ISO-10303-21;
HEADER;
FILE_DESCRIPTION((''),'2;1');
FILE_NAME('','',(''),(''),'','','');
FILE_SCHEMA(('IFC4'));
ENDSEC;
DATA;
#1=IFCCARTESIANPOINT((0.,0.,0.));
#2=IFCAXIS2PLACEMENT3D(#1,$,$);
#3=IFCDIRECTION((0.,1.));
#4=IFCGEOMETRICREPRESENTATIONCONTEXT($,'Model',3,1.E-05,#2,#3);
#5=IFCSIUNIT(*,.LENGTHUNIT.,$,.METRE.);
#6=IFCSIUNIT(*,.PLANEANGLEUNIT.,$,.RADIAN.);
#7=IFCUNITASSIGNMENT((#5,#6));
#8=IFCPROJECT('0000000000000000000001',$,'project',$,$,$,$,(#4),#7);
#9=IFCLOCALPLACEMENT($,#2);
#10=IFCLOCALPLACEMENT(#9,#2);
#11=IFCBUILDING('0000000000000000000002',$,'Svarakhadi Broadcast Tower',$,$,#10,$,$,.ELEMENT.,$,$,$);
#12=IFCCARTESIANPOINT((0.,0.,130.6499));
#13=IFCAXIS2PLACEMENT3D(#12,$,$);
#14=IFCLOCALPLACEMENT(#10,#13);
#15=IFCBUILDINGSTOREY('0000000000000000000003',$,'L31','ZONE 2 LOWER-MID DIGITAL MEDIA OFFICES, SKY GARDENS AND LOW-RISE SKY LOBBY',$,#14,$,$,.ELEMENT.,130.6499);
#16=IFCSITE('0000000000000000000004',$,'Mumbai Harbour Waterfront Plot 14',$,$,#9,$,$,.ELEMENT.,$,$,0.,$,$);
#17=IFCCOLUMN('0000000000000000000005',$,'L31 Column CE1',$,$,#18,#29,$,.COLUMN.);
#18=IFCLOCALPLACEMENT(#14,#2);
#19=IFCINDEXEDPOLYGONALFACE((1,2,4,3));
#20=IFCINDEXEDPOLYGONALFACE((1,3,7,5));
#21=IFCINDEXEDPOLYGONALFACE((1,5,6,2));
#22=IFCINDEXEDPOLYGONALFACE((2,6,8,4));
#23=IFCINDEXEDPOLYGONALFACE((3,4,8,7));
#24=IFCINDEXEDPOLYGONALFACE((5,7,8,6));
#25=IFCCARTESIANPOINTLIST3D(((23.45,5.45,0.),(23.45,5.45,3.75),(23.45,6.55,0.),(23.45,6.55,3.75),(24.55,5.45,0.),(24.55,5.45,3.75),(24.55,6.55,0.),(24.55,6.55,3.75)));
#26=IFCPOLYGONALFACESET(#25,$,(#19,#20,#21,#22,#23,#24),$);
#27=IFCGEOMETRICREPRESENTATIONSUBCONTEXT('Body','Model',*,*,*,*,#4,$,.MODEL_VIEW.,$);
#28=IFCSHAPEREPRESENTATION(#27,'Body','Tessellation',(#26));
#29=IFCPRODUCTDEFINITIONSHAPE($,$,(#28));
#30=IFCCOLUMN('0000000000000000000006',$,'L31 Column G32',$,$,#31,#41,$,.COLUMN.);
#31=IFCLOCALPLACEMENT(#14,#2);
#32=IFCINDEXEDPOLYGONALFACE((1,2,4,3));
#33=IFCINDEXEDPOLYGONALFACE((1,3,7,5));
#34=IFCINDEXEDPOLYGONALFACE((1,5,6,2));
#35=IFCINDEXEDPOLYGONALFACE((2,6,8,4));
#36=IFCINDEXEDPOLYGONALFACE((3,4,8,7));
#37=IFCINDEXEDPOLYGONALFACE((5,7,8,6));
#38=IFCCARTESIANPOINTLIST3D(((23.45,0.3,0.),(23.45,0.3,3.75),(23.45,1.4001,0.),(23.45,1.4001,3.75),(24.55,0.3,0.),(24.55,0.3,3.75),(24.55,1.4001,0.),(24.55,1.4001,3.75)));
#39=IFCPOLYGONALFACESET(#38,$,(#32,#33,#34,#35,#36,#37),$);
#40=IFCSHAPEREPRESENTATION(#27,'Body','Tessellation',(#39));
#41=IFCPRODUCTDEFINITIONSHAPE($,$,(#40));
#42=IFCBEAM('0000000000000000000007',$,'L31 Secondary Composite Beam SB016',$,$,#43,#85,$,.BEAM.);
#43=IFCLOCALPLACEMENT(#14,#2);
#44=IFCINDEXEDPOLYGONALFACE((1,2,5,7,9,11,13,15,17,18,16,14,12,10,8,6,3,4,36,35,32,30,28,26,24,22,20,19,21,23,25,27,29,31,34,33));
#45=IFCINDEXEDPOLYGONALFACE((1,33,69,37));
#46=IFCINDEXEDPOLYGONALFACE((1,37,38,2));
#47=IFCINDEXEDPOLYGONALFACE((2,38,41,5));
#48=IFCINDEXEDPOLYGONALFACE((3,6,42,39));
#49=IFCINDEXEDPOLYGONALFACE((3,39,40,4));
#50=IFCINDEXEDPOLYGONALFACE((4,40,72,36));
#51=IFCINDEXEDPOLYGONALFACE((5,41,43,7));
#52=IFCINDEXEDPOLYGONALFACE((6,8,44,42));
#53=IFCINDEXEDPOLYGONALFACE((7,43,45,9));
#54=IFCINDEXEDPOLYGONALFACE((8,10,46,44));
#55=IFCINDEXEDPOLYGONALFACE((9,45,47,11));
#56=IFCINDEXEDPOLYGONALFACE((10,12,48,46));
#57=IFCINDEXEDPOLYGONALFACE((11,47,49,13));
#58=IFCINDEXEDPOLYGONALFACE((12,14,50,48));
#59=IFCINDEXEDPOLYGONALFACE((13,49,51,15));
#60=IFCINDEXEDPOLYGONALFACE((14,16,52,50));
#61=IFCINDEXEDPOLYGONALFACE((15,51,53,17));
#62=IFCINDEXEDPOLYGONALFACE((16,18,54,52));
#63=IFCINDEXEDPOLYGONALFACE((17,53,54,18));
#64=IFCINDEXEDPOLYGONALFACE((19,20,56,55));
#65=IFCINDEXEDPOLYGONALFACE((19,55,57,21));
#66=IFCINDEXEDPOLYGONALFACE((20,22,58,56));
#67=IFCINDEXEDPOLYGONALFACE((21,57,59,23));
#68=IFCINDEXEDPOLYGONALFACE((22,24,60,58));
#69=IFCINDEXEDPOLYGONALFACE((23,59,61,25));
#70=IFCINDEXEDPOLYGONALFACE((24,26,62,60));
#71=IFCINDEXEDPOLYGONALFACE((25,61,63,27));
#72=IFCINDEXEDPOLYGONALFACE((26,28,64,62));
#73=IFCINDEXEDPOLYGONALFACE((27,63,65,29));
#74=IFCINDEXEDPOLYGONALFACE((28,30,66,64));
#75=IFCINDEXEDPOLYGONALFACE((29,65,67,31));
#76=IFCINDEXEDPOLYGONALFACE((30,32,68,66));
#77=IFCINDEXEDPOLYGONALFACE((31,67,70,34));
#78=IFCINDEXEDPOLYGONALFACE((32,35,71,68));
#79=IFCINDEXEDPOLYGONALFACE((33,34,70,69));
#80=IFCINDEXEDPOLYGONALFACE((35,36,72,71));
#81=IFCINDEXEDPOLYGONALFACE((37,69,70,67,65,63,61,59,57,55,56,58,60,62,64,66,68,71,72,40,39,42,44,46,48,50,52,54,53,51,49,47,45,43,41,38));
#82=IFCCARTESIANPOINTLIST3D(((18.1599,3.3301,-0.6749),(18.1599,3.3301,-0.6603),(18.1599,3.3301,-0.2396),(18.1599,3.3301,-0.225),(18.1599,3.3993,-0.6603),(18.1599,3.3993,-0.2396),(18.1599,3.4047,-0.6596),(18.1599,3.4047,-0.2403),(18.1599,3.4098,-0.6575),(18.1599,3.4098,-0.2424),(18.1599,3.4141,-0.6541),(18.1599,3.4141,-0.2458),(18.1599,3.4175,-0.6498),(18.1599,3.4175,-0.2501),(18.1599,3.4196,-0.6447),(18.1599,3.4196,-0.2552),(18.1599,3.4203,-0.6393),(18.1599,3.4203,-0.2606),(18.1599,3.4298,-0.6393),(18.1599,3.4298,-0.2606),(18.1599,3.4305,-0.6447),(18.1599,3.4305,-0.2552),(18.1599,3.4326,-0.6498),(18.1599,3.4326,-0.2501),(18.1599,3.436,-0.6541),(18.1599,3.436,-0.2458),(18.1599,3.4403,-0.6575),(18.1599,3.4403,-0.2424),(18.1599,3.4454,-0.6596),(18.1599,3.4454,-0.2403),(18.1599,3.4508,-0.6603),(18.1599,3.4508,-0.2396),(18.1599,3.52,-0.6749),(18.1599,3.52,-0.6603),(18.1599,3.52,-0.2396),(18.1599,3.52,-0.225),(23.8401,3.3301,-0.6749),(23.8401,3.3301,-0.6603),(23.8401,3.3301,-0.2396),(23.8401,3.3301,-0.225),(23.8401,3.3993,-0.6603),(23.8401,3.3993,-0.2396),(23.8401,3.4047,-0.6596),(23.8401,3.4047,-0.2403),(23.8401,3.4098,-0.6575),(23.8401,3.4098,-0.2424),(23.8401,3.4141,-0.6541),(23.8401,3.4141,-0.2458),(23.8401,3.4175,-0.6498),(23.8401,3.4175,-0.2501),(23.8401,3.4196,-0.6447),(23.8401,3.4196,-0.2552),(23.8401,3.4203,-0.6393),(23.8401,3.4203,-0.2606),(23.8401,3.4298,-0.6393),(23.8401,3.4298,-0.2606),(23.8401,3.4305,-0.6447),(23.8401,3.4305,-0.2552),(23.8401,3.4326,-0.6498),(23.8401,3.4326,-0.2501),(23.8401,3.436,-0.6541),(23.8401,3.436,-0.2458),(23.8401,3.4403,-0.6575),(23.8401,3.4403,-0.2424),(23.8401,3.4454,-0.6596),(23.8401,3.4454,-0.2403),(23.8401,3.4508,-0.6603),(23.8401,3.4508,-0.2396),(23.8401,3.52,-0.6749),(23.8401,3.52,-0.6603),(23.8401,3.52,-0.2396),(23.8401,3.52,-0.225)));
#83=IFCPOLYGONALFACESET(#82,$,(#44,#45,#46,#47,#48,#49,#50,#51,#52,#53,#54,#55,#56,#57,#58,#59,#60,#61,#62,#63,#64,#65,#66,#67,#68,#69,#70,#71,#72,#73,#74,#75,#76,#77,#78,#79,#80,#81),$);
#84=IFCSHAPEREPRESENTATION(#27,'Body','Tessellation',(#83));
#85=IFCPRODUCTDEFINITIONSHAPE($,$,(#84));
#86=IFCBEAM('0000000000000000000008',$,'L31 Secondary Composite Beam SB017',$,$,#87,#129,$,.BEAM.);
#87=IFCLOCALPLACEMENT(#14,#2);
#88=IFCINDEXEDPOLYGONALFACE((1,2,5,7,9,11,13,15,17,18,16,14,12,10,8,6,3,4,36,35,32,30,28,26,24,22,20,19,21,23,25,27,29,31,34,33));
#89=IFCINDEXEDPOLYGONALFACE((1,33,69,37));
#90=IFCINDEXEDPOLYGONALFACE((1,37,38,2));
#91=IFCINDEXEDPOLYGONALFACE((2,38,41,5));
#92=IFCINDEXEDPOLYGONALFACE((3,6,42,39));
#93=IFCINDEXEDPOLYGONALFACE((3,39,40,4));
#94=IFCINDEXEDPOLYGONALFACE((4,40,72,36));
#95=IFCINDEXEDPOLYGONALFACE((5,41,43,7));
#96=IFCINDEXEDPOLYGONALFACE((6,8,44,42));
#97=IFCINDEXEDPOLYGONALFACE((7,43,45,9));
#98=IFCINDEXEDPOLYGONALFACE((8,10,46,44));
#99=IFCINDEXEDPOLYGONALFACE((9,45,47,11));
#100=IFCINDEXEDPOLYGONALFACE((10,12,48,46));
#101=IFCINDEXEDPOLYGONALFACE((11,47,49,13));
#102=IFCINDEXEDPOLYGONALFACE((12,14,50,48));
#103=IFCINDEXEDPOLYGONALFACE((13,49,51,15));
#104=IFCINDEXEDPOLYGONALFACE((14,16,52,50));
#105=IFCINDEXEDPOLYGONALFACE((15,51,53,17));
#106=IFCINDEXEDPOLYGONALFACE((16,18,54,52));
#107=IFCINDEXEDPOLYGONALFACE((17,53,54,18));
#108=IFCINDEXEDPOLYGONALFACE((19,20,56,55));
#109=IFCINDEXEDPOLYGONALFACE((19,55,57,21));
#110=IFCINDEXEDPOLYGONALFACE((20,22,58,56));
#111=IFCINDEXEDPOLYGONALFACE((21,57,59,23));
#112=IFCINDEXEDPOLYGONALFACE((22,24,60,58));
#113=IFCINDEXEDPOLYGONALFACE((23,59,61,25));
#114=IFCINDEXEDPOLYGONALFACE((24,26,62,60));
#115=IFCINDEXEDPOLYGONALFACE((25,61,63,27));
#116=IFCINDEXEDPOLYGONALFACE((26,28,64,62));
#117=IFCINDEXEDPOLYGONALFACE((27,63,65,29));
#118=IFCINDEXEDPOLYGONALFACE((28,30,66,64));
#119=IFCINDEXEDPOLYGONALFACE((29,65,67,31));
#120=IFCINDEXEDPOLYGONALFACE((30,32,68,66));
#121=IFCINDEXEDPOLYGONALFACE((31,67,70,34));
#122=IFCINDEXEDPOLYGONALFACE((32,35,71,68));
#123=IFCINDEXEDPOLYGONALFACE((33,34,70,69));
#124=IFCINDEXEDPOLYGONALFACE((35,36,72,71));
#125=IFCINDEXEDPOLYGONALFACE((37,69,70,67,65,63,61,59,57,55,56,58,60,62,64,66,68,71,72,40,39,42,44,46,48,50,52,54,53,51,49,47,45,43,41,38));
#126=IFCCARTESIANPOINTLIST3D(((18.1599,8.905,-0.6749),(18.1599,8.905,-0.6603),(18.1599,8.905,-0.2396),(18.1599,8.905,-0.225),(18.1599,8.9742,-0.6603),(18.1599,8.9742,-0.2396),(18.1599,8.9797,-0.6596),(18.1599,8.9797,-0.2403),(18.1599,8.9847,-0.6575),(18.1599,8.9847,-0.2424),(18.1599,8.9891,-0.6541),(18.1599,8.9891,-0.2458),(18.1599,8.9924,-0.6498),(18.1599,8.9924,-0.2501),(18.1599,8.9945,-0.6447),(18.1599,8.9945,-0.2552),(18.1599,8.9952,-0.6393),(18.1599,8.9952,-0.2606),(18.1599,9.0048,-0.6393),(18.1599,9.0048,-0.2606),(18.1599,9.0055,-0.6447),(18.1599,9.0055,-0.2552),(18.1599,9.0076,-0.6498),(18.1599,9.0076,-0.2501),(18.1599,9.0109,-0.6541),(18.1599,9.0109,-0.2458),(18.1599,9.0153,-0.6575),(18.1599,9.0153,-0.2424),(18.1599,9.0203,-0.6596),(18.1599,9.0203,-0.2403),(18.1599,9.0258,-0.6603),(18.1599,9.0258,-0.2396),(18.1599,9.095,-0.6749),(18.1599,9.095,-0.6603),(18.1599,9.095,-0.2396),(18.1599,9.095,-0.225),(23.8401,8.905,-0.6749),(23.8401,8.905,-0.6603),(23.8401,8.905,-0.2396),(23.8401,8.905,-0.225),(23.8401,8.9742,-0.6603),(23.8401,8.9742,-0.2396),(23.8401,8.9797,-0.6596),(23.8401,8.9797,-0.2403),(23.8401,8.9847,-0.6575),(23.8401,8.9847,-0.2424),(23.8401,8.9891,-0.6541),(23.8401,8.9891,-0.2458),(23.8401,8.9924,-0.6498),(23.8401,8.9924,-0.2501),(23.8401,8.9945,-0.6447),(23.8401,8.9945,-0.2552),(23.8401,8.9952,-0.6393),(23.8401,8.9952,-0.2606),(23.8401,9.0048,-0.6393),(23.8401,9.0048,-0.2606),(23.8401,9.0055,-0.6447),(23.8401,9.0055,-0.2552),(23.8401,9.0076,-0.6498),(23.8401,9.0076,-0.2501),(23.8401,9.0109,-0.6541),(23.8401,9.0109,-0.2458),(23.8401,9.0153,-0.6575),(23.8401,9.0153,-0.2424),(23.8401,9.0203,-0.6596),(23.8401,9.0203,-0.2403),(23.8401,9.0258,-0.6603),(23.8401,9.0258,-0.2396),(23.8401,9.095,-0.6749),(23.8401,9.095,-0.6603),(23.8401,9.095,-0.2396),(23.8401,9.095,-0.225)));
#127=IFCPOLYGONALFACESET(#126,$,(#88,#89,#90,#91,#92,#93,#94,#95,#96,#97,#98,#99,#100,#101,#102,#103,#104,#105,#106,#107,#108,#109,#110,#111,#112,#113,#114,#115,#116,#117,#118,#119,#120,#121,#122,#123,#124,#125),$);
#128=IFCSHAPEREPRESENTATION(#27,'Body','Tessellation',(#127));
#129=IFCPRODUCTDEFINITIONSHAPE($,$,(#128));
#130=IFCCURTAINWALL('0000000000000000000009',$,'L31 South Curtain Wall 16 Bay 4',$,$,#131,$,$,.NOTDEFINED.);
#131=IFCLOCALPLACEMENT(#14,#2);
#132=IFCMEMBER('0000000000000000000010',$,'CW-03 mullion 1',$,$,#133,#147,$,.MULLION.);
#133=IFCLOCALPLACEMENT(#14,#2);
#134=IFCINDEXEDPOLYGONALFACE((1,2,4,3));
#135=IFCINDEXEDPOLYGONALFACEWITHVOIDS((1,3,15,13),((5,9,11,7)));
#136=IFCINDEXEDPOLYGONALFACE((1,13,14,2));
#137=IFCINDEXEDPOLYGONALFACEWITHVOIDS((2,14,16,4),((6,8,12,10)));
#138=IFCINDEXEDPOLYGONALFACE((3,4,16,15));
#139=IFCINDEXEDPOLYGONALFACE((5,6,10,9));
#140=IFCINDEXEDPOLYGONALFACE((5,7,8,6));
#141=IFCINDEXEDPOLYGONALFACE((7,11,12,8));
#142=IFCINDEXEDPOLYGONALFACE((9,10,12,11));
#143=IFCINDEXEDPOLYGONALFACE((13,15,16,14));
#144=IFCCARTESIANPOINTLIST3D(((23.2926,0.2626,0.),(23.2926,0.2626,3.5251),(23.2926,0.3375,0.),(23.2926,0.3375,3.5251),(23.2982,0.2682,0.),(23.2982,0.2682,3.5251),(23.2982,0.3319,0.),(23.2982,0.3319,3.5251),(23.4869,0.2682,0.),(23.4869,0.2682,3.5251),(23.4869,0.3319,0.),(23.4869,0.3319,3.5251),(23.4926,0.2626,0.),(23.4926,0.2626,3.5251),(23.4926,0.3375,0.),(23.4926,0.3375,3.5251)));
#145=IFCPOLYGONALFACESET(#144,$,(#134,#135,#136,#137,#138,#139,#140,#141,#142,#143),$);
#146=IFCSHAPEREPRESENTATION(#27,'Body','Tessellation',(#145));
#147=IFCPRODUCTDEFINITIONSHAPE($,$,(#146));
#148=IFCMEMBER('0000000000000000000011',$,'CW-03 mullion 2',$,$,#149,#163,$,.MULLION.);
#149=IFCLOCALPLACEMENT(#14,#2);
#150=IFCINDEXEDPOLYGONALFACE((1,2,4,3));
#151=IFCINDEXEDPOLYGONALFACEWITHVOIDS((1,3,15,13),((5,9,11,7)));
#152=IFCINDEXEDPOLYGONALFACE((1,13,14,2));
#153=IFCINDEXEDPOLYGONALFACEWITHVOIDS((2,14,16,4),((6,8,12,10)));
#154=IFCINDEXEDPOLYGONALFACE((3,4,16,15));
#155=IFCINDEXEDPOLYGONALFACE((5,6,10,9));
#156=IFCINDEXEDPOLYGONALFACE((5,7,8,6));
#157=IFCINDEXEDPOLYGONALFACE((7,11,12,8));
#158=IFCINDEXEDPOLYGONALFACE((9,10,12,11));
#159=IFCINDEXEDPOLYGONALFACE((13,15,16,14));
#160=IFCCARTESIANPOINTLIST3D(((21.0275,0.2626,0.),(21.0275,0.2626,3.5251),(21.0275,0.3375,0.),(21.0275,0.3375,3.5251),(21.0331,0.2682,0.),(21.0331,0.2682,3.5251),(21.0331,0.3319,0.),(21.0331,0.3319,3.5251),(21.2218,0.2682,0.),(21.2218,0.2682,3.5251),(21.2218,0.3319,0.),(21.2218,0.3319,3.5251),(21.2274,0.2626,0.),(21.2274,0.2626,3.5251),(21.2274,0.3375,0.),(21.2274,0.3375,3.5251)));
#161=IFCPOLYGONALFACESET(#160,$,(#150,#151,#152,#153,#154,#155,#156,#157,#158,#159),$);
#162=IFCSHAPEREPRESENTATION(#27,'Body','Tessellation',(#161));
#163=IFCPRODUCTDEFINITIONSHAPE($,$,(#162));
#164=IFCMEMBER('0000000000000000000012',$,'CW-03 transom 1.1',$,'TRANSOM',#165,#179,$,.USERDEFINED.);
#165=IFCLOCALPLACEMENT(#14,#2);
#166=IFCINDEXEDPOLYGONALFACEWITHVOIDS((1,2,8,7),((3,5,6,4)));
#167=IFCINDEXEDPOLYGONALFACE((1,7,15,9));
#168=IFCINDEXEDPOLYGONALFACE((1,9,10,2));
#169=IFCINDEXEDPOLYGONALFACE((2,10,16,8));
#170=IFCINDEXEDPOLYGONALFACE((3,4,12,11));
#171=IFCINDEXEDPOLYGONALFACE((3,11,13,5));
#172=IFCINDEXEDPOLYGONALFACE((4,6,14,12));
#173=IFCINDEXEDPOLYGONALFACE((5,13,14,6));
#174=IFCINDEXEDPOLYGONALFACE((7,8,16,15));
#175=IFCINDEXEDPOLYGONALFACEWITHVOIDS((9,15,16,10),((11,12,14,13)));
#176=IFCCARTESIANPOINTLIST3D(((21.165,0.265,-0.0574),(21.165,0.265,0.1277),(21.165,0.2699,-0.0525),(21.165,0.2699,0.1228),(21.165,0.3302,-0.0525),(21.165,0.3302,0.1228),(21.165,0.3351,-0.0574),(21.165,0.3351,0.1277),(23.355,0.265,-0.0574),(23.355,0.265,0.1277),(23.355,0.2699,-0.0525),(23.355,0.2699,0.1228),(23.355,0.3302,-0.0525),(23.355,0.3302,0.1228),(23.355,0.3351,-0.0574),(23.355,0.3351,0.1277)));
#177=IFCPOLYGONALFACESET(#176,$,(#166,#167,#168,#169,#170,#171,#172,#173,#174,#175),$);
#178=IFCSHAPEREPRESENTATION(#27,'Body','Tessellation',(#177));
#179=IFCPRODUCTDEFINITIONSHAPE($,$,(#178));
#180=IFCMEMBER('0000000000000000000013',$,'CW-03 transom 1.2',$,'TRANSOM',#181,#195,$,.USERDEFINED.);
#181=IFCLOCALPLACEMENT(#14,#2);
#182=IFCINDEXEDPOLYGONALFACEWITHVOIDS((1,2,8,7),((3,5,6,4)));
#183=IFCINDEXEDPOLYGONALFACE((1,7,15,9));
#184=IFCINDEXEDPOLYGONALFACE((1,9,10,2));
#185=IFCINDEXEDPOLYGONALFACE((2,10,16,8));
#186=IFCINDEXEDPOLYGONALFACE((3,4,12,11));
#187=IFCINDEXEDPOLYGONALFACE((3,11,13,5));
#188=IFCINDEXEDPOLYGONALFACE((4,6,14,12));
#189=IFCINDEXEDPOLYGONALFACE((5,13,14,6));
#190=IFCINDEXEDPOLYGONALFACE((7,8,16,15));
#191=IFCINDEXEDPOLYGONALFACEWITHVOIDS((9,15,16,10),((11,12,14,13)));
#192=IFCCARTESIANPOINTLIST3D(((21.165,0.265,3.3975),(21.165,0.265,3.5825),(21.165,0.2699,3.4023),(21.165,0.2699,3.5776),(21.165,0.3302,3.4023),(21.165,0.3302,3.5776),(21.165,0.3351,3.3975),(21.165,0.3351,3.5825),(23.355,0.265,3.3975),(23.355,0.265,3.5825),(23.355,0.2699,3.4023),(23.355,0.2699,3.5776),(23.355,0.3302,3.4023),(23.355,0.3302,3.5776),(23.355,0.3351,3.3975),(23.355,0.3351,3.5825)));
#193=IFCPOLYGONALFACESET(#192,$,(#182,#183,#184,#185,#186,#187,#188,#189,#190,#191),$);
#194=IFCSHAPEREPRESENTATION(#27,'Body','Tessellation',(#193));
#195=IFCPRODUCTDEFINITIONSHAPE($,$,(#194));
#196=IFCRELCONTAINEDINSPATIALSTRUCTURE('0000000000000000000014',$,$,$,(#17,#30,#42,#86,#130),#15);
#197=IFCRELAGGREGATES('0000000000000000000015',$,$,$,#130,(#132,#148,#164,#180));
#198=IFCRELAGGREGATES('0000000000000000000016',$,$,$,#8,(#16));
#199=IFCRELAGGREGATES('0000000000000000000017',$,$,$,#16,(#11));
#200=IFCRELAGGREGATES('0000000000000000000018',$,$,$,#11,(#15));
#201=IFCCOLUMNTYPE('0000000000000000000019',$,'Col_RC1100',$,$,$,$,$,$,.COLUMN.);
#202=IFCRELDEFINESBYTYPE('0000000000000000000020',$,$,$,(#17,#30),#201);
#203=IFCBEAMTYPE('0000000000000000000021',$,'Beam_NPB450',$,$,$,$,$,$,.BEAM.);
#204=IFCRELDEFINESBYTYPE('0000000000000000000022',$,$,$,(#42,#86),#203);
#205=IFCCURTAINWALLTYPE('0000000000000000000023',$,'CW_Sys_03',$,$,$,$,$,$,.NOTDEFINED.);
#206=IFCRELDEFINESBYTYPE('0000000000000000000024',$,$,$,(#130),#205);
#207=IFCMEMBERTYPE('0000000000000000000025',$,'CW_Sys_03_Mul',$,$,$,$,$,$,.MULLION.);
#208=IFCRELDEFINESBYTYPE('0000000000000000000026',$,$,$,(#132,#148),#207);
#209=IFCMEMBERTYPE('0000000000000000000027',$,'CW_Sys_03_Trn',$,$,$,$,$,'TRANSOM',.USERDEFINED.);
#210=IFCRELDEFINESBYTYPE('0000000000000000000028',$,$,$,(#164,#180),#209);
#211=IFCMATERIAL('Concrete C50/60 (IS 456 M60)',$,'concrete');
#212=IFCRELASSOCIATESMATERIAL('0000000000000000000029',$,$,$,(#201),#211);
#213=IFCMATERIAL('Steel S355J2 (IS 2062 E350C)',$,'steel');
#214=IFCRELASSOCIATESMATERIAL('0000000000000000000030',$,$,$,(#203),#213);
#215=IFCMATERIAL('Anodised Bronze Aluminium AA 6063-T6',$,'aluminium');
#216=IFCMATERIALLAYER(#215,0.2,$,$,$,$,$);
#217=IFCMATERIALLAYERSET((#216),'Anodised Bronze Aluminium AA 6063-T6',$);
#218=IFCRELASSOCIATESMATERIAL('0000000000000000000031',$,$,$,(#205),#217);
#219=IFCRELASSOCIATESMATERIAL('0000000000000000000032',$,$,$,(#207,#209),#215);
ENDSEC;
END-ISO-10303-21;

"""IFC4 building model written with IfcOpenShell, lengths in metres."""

from ifc_helpers import new_model, si_unit, direction, frame, origin, origin_2d, place, context, subcontext, project, spatial, rectangle, hollow_rectangle, i_section, extrude, material, layer, layer_set, material_profile, profile_set, type_object, element, aggregate, save


model = new_model("IFC4")

# Units and contexts
model_context = context("Model", 3, precision=1e-05, world=origin(), true_north=direction((0.0, 1.0)))
body_context = subcontext(model_context, "Body", "Model", "MODEL_VIEW")
ifc_project = project(units=[si_unit("LENGTHUNIT", "METRE"), si_unit("PLANEANGLEUNIT", "RADIAN")], contexts=[model_context])

# Site, building, storey
site_placement = place(None, origin())
site = spatial("IfcSite", under=ifc_project, at=site_placement, Name="Mumbai Harbour Waterfront Plot 14", CompositionType="ELEMENT", RefElevation=0.0)
building_placement = place(site_placement, origin())
building = spatial("IfcBuilding", under=site, at=building_placement, Name="Svarakhadi Broadcast Tower", CompositionType="ELEMENT")
storey_placement = place(building_placement, frame((0.0, 0.0, 130.6499)))
storey = spatial("IfcBuildingStorey", under=building, at=storey_placement, Name="L31", Description="ZONE 2 LOWER-MID DIGITAL MEDIA OFFICES, SKY GARDENS AND LOW-RISE SKY LOBBY", CompositionType="ELEMENT", Elevation=130.6499)

# Columns
ifc_material_1 = material(Name="Concrete C50/60 (IS 456 M60)", Category="concrete")
ifc_material_profile_1 = material_profile(ifc_material_1, rectangle(XDim=1.1001, YDim=1.1001, at=origin_2d()), Name="RC 1100x1100")
ifc_profile_set_1 = profile_set([ifc_material_profile_1], Name="Concrete C50/60 (IS 456 M60)")
column_type = type_object("IfcColumnType", Name="Col_RC1100", PredefinedType="COLUMN", material=ifc_profile_set_1)
for number, where, z_axis, x_axis, name in (
    (1, (24.0, 6.0, 0.0), (0.0, 0.0, 1.0), (1.0, 0.0, 0.0), "L31 Column CE1"),
    (2, (24.0, 0.8501, 0.0), (0.0, 0.0, 1.0), (1.0, 0.0, 0.0), "L31 Column G32"),
):
    element("IfcColumn", number, at=place(storey_placement, frame(where, z_axis=z_axis, x_axis=x_axis)), inside=storey, type_object=column_type, Name=name, PredefinedType="COLUMN", context=body_context, shape_type="SweptSolid", body=[
        extrude(rectangle(XDim=1.1001, YDim=1.1001, at=origin_2d()), origin(), (0.0, 0.0, 1.0), 3.75),
    ])

# Beams
ifc_material_2 = material(Name="Steel S355J2 (IS 2062 E350C)", Category="steel")
ifc_material_profile_2 = material_profile(ifc_material_2, i_section(OverallWidth=0.1899, OverallDepth=0.45, WebThickness=0.0095, FlangeThickness=0.0146, FilletRadius=0.021, at=origin_2d()), Name="NPB 450x190x78")
ifc_profile_set_2 = profile_set([ifc_material_profile_2], Name="Steel S355J2 (IS 2062 E350C)")
beam_type_1 = type_object("IfcBeamType", Name="Beam_NPB450", PredefinedType="BEAM", material=ifc_profile_set_2)
for number, where, z_axis, x_axis, name in (
    (3, (18.1599, 3.425, -0.45), (1.0, 0.0, 0.0), (0.0, 1.0, 0.0), "L31 Secondary Composite Beam SB016"),
    (4, (18.1599, 9.0, -0.45), (1.0, 0.0, 0.0), (0.0, 1.0, 0.0), "L31 Secondary Composite Beam SB017"),
):
    element("IfcBeam", number, at=place(storey_placement, frame(where, z_axis=z_axis, x_axis=x_axis)), inside=storey, type_object=beam_type_1, Name=name, PredefinedType="BEAM", context=body_context, shape_type="SweptSolid", body=[
        extrude(i_section(OverallWidth=0.1899, OverallDepth=0.45, WebThickness=0.0095, FlangeThickness=0.0146, FilletRadius=0.021, at=origin_2d()), origin(), (0.0, 0.0, 1.0), 5.6802),
    ])

# Curtain wall, members
ifc_material_3 = material(Name="Anodised Bronze Aluminium AA 6063-T6", Category="aluminium")
ifc_layer_1 = layer(ifc_material_3, 0.2)
ifc_layer_set_1 = layer_set([ifc_layer_1], Name="Anodised Bronze Aluminium AA 6063-T6")
curtain_wall_type = type_object("IfcCurtainWallType", Name="CW_Sys_03", PredefinedType="NOTDEFINED", material=ifc_layer_set_1)
curtain_wall_placement = place(storey_placement, origin())
curtain_wall = element("IfcCurtainWall", 5, at=curtain_wall_placement, inside=storey, type_object=curtain_wall_type, Name="L31 South Curtain Wall 16 Bay 4", PredefinedType="NOTDEFINED")
ifc_material_profile_3 = material_profile(ifc_material_3, hollow_rectangle(XDim=0.075, YDim=0.2, WallThickness=0.0056, at=origin_2d()), Name="ALU MULLION 200x75x6")
ifc_profile_set_3 = profile_set([ifc_material_profile_3], Name="Anodised Bronze Aluminium AA 6063-T6")
member_type_1 = type_object("IfcMemberType", Name="CW_Sys_03_Mul", PredefinedType="MULLION", material=ifc_profile_set_3)
member_1_placement = place(storey_placement, frame((23.3926, 0.3, 0.0), z_axis=(0.0, 0.0, 1.0), x_axis=(0.0, -1.0, 0.0)))
member_1 = element("IfcMember", 6, at=member_1_placement, type_object=member_type_1, Name="CW-03 mullion 1", PredefinedType="MULLION", context=body_context, shape_type="SweptSolid", body=[
    extrude(hollow_rectangle(XDim=0.075, YDim=0.2, WallThickness=0.0056, at=origin_2d()), origin(), (0.0, 0.0, 1.0), 3.5251),
])
member_2_placement = place(storey_placement, frame((21.1274, 0.3, 0.0), z_axis=(0.0, 0.0, 1.0), x_axis=(0.0, -1.0, 0.0)))
member_2 = element("IfcMember", 7, at=member_2_placement, type_object=member_type_1, Name="CW-03 mullion 2", PredefinedType="MULLION", context=body_context, shape_type="SweptSolid", body=[
    extrude(hollow_rectangle(XDim=0.075, YDim=0.2, WallThickness=0.0056, at=origin_2d()), origin(), (0.0, 0.0, 1.0), 3.5251),
])
ifc_material_profile_4 = material_profile(ifc_material_3, hollow_rectangle(XDim=0.0701, YDim=0.1851, WallThickness=0.0049, at=origin_2d()), Name="ALU TRANSOM 185x70x5")
ifc_profile_set_4 = profile_set([ifc_material_profile_4], Name="Anodised Bronze Aluminium AA 6063-T6")
member_type_2 = type_object("IfcMemberType", Name="CW_Sys_03_Trn", ElementType="TRANSOM", PredefinedType="USERDEFINED", material=ifc_profile_set_4)
member_3_placement = place(storey_placement, frame((23.355, 0.3, 0.0352), z_axis=(-1.0, 0.0, 0.0), x_axis=(0.0, -1.0, 0.0)))
member_3 = element("IfcMember", 8, at=member_3_placement, type_object=member_type_2, Name="CW-03 transom 1.1", ObjectType="TRANSOM", PredefinedType="USERDEFINED", context=body_context, shape_type="SweptSolid", body=[
    extrude(hollow_rectangle(XDim=0.0701, YDim=0.1851, WallThickness=0.0049, at=origin_2d()), origin(), (0.0, 0.0, 1.0), 2.1899),
])
member_4_placement = place(storey_placement, frame((23.355, 0.3, 3.49), z_axis=(-1.0, 0.0, 0.0), x_axis=(0.0, -1.0, 0.0)))
member_4 = element("IfcMember", 9, at=member_4_placement, type_object=member_type_2, Name="CW-03 transom 1.2", ObjectType="TRANSOM", PredefinedType="USERDEFINED", context=body_context, shape_type="SweptSolid", body=[
    extrude(hollow_rectangle(XDim=0.0701, YDim=0.1851, WallThickness=0.0049, at=origin_2d()), origin(), (0.0, 0.0, 1.0), 2.1899),
])

aggregate(curtain_wall, [member_1, member_2, member_3, member_4])

save(model, "model.ifc")
